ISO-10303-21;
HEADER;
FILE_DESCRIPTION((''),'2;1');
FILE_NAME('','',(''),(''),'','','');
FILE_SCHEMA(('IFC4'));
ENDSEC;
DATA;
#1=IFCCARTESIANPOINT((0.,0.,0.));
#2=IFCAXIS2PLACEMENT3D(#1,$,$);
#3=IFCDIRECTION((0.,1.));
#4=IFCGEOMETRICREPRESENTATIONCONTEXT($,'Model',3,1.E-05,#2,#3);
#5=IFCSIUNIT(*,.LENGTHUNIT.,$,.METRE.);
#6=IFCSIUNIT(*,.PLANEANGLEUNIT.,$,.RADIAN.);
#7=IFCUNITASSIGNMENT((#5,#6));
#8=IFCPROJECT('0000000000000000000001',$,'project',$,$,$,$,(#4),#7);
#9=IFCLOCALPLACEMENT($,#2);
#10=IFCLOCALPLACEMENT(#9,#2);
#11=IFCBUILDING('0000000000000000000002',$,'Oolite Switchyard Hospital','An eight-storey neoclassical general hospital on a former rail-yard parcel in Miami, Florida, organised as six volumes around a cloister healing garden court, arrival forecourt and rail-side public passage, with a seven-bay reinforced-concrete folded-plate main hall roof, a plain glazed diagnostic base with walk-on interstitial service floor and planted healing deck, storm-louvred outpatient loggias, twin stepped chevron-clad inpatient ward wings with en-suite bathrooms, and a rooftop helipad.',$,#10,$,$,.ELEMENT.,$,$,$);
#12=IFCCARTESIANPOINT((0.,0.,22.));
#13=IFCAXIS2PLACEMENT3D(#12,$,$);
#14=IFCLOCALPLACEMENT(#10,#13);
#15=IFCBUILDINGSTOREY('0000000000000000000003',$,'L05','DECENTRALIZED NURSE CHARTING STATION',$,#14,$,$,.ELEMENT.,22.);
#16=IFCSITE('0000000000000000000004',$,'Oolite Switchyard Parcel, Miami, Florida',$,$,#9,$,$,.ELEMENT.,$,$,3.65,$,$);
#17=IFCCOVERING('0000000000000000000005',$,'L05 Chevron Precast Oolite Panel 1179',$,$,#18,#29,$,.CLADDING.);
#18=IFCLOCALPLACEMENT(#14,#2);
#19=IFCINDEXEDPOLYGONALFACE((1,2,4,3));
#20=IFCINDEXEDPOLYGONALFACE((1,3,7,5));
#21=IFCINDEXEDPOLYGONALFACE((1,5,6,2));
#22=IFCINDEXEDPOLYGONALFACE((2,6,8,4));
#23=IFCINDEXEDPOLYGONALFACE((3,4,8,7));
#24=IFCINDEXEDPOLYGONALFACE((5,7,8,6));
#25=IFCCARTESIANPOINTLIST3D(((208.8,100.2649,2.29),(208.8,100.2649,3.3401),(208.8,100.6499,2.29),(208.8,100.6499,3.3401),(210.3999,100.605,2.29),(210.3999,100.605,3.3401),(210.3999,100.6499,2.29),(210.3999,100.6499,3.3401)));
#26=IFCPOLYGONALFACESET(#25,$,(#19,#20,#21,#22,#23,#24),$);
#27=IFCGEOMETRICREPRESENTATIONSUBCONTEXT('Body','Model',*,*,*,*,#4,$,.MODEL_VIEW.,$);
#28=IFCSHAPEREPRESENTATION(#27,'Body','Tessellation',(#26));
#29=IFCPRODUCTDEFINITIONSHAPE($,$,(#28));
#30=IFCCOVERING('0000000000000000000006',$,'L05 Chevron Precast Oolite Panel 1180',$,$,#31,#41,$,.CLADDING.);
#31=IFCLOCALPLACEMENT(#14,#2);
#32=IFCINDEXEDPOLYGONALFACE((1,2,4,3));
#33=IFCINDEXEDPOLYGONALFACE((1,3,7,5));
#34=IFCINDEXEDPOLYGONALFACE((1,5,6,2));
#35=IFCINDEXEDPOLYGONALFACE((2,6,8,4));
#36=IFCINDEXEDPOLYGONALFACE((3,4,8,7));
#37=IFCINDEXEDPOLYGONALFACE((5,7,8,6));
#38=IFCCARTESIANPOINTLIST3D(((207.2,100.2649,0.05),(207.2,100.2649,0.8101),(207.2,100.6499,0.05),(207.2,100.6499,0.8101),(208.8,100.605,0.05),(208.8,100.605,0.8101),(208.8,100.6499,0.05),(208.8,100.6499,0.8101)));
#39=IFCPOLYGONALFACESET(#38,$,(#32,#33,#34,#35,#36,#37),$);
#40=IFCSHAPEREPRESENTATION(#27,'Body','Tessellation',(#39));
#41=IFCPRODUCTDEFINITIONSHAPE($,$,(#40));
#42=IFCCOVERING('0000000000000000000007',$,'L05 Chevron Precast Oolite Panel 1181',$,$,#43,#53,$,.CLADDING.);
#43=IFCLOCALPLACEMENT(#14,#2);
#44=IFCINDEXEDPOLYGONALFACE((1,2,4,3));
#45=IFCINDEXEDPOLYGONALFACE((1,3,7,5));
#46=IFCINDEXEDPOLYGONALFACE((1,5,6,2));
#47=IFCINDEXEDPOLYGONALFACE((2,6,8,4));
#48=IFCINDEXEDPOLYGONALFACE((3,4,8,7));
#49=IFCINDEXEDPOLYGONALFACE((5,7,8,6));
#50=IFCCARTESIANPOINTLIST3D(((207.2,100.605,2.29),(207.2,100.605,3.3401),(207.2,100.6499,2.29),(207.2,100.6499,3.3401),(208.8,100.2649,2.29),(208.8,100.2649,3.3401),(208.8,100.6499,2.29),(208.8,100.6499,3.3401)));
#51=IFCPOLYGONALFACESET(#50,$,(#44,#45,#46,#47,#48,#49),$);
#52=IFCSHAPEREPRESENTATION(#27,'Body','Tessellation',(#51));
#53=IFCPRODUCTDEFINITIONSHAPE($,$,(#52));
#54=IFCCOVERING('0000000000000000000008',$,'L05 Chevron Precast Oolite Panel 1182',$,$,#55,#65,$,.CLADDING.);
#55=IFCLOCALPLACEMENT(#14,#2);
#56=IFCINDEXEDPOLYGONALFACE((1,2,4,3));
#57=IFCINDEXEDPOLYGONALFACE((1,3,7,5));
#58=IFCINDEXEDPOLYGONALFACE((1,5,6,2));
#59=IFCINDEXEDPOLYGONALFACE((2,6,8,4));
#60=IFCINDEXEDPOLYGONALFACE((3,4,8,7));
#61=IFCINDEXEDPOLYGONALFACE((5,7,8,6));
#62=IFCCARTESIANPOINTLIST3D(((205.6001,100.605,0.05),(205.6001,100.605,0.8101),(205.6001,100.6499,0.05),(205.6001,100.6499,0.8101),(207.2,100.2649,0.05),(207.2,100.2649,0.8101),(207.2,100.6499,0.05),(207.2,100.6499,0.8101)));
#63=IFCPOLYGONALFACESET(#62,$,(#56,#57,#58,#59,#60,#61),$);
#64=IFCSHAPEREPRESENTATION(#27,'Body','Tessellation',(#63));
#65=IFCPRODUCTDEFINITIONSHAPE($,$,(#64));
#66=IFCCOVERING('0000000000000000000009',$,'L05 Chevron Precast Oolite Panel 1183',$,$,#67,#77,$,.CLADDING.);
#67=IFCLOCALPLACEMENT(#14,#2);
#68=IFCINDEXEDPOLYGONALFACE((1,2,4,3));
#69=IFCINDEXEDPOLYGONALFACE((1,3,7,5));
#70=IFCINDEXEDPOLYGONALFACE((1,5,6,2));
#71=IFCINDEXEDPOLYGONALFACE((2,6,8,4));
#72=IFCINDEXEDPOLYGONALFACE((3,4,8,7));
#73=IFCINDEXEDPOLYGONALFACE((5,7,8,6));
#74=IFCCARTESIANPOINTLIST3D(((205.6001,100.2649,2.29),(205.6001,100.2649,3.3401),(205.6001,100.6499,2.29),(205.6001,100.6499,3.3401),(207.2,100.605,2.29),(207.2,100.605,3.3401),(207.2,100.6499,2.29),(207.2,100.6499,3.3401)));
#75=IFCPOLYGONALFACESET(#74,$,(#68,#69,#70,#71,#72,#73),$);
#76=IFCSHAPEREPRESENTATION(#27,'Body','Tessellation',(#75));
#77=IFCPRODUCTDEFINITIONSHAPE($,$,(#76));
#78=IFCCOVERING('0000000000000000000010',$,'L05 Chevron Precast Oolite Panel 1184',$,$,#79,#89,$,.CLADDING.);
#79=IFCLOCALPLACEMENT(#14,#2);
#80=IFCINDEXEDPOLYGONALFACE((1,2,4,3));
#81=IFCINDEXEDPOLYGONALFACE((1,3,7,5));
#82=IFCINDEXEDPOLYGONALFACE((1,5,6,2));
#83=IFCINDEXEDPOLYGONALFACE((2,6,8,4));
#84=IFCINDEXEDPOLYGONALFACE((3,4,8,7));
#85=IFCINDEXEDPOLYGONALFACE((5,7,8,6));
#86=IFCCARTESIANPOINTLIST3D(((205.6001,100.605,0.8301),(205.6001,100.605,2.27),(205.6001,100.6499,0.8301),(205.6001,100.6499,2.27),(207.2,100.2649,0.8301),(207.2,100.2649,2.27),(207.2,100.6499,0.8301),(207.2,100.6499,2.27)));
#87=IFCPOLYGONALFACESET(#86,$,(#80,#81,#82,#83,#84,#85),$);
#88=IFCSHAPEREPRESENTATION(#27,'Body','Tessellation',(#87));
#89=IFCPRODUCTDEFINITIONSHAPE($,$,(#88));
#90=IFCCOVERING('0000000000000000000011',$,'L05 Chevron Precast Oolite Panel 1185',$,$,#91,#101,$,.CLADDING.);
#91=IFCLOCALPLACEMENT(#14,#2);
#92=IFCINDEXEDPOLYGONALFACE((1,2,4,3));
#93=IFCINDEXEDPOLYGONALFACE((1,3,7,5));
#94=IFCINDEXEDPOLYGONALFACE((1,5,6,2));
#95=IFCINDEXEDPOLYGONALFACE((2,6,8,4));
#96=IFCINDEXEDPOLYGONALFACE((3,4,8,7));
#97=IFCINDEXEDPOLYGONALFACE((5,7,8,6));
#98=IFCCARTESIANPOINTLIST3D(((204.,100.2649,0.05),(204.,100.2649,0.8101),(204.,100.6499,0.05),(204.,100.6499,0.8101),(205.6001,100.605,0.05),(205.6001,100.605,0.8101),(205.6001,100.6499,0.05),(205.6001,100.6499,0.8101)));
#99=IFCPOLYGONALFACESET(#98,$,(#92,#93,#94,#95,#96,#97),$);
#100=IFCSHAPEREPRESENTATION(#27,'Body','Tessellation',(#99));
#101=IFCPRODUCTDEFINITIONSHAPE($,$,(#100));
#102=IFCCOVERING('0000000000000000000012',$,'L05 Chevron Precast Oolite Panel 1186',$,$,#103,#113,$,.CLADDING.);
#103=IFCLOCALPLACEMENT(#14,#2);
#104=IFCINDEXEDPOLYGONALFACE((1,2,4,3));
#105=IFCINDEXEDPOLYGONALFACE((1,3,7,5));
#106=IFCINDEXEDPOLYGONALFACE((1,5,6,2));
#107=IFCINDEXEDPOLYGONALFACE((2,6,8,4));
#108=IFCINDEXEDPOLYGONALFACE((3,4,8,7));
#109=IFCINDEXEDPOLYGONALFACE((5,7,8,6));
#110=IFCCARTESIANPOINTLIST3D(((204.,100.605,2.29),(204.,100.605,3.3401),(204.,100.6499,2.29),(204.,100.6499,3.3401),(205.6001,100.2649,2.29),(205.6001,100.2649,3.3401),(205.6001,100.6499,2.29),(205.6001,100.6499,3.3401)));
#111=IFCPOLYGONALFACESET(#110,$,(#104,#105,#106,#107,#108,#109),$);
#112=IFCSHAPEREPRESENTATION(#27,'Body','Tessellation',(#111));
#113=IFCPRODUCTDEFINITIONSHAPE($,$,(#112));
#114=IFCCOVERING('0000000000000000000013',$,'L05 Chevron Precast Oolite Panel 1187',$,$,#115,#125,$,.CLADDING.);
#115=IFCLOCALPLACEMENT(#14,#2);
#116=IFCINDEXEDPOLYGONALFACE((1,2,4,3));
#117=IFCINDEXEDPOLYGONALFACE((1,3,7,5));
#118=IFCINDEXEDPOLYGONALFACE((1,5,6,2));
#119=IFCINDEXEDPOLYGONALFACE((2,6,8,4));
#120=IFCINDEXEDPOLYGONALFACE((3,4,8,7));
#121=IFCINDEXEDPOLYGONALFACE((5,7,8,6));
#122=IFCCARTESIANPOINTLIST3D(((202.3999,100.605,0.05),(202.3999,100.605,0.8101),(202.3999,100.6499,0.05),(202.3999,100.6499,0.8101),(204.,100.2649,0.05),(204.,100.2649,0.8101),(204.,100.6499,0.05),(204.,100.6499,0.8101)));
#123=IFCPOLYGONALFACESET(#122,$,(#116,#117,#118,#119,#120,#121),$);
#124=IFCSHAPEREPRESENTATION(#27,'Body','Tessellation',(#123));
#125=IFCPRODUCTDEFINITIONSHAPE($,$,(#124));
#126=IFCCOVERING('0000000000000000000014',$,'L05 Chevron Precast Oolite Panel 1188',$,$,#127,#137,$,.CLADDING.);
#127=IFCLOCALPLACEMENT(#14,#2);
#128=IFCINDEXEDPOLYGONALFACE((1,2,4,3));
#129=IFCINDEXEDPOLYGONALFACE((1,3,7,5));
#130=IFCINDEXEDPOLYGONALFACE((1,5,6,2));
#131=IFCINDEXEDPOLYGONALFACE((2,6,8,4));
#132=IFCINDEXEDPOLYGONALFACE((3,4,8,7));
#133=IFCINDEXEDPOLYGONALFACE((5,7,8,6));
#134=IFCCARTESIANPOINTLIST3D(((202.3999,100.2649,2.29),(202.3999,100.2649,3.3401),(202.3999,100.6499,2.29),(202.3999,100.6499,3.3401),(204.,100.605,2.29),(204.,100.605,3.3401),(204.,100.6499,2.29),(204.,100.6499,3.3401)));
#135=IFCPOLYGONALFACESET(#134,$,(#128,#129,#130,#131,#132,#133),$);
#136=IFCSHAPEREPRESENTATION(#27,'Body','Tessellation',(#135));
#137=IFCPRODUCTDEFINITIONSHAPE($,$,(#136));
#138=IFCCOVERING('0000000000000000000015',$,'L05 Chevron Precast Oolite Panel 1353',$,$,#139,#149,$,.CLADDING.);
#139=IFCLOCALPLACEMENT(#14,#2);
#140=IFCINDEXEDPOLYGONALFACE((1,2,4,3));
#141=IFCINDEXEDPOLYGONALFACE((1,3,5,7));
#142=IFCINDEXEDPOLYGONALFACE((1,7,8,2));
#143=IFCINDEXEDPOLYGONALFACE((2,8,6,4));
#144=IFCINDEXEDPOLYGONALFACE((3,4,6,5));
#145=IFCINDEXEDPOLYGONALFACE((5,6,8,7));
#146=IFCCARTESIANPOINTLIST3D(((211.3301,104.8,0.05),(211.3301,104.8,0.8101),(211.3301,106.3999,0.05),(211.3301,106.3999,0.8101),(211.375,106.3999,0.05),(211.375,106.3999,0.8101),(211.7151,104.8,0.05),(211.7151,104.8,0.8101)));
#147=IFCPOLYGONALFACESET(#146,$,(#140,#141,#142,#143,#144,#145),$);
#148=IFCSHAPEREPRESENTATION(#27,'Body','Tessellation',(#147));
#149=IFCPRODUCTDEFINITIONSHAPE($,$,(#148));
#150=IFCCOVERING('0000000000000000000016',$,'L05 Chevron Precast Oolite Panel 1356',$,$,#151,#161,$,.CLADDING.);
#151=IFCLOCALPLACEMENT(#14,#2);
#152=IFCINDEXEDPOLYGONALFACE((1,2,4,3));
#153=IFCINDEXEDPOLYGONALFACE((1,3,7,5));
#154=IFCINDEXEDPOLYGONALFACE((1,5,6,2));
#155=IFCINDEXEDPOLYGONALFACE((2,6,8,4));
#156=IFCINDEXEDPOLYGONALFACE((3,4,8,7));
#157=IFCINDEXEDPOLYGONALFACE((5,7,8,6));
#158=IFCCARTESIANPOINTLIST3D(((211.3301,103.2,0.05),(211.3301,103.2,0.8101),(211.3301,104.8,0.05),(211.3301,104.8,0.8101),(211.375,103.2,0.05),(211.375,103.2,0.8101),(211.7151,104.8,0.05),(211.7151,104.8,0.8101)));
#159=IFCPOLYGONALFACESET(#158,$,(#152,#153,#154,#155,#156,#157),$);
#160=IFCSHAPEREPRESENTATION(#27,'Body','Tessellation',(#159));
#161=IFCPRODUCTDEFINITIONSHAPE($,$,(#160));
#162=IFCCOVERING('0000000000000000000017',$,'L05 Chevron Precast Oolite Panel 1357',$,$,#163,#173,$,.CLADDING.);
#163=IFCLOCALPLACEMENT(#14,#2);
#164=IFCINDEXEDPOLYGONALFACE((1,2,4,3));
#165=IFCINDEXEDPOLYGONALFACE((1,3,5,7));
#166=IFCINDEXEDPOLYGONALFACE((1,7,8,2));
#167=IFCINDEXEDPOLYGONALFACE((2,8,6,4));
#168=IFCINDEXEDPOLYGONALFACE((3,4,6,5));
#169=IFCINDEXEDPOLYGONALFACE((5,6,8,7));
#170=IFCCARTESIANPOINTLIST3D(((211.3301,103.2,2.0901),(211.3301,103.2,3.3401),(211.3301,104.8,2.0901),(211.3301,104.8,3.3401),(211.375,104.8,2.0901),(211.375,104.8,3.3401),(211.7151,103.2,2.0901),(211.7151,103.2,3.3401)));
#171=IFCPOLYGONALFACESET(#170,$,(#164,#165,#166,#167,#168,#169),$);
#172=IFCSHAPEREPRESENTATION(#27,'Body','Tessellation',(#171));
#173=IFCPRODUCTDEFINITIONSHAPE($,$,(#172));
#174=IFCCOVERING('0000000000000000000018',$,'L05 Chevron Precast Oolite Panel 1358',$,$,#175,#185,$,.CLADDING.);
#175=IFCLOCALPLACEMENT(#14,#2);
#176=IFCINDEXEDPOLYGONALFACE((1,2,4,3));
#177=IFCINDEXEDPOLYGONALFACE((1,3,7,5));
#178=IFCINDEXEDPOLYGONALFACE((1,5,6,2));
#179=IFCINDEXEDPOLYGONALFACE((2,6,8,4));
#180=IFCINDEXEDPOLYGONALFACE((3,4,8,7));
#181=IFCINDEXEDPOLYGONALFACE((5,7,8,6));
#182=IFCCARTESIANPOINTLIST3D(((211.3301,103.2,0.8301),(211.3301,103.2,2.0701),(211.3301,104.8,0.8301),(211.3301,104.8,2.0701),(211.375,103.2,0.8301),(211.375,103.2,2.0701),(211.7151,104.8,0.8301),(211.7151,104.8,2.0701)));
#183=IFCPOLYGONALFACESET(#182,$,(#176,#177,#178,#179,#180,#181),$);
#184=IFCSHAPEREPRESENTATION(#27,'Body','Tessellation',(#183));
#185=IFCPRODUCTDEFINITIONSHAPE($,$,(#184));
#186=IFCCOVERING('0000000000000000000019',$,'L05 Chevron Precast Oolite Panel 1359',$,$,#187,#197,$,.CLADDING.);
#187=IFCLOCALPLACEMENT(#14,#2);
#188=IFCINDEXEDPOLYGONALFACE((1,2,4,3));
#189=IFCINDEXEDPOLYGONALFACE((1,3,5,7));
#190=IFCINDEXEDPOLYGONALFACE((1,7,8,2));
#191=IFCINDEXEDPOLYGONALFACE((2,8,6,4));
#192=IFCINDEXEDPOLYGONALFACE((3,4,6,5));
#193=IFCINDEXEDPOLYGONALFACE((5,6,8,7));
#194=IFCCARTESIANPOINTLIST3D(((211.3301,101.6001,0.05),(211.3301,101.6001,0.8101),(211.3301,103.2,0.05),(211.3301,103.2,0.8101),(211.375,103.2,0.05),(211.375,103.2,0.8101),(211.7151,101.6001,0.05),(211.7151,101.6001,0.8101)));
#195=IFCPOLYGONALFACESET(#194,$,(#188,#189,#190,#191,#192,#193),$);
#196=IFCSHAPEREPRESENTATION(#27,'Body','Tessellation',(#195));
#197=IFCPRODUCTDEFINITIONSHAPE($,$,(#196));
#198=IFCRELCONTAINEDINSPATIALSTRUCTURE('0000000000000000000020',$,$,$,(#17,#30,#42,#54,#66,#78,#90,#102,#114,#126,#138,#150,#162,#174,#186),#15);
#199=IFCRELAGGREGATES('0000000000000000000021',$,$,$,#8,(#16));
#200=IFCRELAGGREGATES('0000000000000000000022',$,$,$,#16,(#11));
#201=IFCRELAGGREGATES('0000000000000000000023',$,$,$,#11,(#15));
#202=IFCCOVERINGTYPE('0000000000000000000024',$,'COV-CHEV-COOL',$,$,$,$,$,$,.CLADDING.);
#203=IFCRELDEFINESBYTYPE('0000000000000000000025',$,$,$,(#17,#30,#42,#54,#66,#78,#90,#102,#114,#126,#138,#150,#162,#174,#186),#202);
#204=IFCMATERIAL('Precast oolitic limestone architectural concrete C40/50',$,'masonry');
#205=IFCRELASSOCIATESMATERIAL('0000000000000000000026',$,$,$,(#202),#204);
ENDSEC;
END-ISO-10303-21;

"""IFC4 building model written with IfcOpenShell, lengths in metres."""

from ifc_helpers import new_model, si_unit, direction, frame, origin, place, context, subcontext, project, spatial, polyline, outline, extrude, material, type_object, element, save


model = new_model("IFC4")

# Units and contexts
model_context = context("Model", 3, precision=1e-05, world=origin(), true_north=direction((0.0, 1.0)))
body_context = subcontext(model_context, "Body", "Model", "MODEL_VIEW")
ifc_project = project(units=[si_unit("LENGTHUNIT", "METRE"), si_unit("PLANEANGLEUNIT", "RADIAN")], contexts=[model_context])

# Site, building, storey
site_placement = place(None, origin())
site = spatial("IfcSite", under=ifc_project, at=site_placement, Name="Oolite Switchyard Parcel, Miami, Florida", CompositionType="ELEMENT", RefElevation=3.65)
building_placement = place(site_placement, origin())
building = spatial("IfcBuilding", under=site, at=building_placement, Name="Oolite Switchyard Hospital", Description="An eight-storey neoclassical general hospital on a former rail-yard parcel in Miami, Florida, organised as six volumes around a cloister healing garden court, arrival forecourt and rail-side public passage, with a seven-bay reinforced-concrete folded-plate main hall roof, a plain glazed diagnostic base with walk-on interstitial service floor and planted healing deck, storm-louvred outpatient loggias, twin stepped chevron-clad inpatient ward wings with en-suite bathrooms, and a rooftop helipad.", CompositionType="ELEMENT")
storey_placement = place(building_placement, frame((0.0, 0.0, 22.0)))
storey = spatial("IfcBuildingStorey", under=building, at=storey_placement, Name="L05", Description="DECENTRALIZED NURSE CHARTING STATION", CompositionType="ELEMENT", Elevation=22.0)

# Shared definitions
ifc_material_1 = material(Name="Precast oolitic limestone architectural concrete C40/50", Category="masonry")

# Coverings
covering_type = type_object("IfcCoveringType", Name="COV-CHEV-COOL", PredefinedType="CLADDING", material=ifc_material_1)
covering_1_placement = place(storey_placement, frame((210.3999, 100.6499, 2.29), z_axis=(0.0, 0.0, 1.0), x_axis=(-1.0, 0.0, 0.0)))
element("IfcCovering", 1, at=covering_1_placement, inside=storey, type_object=covering_type, Name="L05 Chevron Precast Oolite Panel 1179", PredefinedType="CLADDING", context=body_context, shape_type="SweptSolid", body=[
    extrude(outline(polyline([(0.0, 0.0), (1.5999, 0.0), (1.5999, 0.385), (0.0, 0.0449), (0.0, 0.0)])), origin(), (0.0, 0.0, 1.0), 1.05),
])
covering_2_placement = place(storey_placement, frame((208.8, 100.6499, 0.05), z_axis=(0.0, 0.0, 1.0), x_axis=(-1.0, 0.0, 0.0)))
element("IfcCovering", 2, at=covering_2_placement, inside=storey, type_object=covering_type, Name="L05 Chevron Precast Oolite Panel 1180", PredefinedType="CLADDING", context=body_context, shape_type="SweptSolid", body=[
    extrude(outline(polyline([(0.0, 0.0), (1.6001, 0.0), (1.6001, 0.385), (0.0, 0.0449), (0.0, 0.0)])), origin(), (0.0, 0.0, 1.0), 0.76),
])
covering_3_placement = place(storey_placement, frame((208.8, 100.6499, 2.29), z_axis=(0.0, 0.0, 1.0), x_axis=(-1.0, 0.0, 0.0)))
element("IfcCovering", 3, at=covering_3_placement, inside=storey, type_object=covering_type, Name="L05 Chevron Precast Oolite Panel 1181", PredefinedType="CLADDING", context=body_context, shape_type="SweptSolid", body=[
    extrude(outline(polyline([(0.0, 0.0), (1.6001, 0.0), (1.6001, 0.0449), (0.0, 0.385), (0.0, 0.0)])), origin(), (0.0, 0.0, 1.0), 1.05),
])
covering_4_placement = place(storey_placement, frame((207.2, 100.6499, 0.05), z_axis=(0.0, 0.0, 1.0), x_axis=(-1.0, 0.0, 0.0)))
element("IfcCovering", 4, at=covering_4_placement, inside=storey, type_object=covering_type, Name="L05 Chevron Precast Oolite Panel 1182", PredefinedType="CLADDING", context=body_context, shape_type="SweptSolid", body=[
    extrude(outline(polyline([(0.0, 0.0), (1.5999, 0.0), (1.5999, 0.0449), (0.0, 0.385), (0.0, 0.0)])), origin(), (0.0, 0.0, 1.0), 0.76),
])
covering_5_placement = place(storey_placement, frame((207.2, 100.6499, 2.29), z_axis=(0.0, 0.0, 1.0), x_axis=(-1.0, 0.0, 0.0)))
element("IfcCovering", 5, at=covering_5_placement, inside=storey, type_object=covering_type, Name="L05 Chevron Precast Oolite Panel 1183", PredefinedType="CLADDING", context=body_context, shape_type="SweptSolid", body=[
    extrude(outline(polyline([(0.0, 0.0), (1.5999, 0.0), (1.5999, 0.385), (0.0, 0.0449), (0.0, 0.0)])), origin(), (0.0, 0.0, 1.0), 1.05),
])
covering_6_placement = place(storey_placement, frame((207.2, 100.6499, 0.8301), z_axis=(0.0, 0.0, 1.0), x_axis=(-1.0, 0.0, 0.0)))
element("IfcCovering", 6, at=covering_6_placement, inside=storey, type_object=covering_type, Name="L05 Chevron Precast Oolite Panel 1184", PredefinedType="CLADDING", context=body_context, shape_type="SweptSolid", body=[
    extrude(outline(polyline([(0.0, 0.0), (1.5999, 0.0), (1.5999, 0.0449), (0.0, 0.385), (0.0, 0.0)])), origin(), (0.0, 0.0, 1.0), 1.4399),
])
covering_7_placement = place(storey_placement, frame((205.6001, 100.6499, 0.05), z_axis=(0.0, 0.0, 1.0), x_axis=(-1.0, 0.0, 0.0)))
element("IfcCovering", 7, at=covering_7_placement, inside=storey, type_object=covering_type, Name="L05 Chevron Precast Oolite Panel 1185", PredefinedType="CLADDING", context=body_context, shape_type="SweptSolid", body=[
    extrude(outline(polyline([(0.0, 0.0), (1.6001, 0.0), (1.6001, 0.385), (0.0, 0.0449), (0.0, 0.0)])), origin(), (0.0, 0.0, 1.0), 0.76),
])
covering_8_placement = place(storey_placement, frame((205.6001, 100.6499, 2.29), z_axis=(0.0, 0.0, 1.0), x_axis=(-1.0, 0.0, 0.0)))
element("IfcCovering", 8, at=covering_8_placement, inside=storey, type_object=covering_type, Name="L05 Chevron Precast Oolite Panel 1186", PredefinedType="CLADDING", context=body_context, shape_type="SweptSolid", body=[
    extrude(outline(polyline([(0.0, 0.0), (1.6001, 0.0), (1.6001, 0.0449), (0.0, 0.385), (0.0, 0.0)])), origin(), (0.0, 0.0, 1.0), 1.05),
])
covering_9_placement = place(storey_placement, frame((204.0, 100.6499, 0.05), z_axis=(0.0, 0.0, 1.0), x_axis=(-1.0, 0.0, 0.0)))
element("IfcCovering", 9, at=covering_9_placement, inside=storey, type_object=covering_type, Name="L05 Chevron Precast Oolite Panel 1187", PredefinedType="CLADDING", context=body_context, shape_type="SweptSolid", body=[
    extrude(outline(polyline([(0.0, 0.0), (1.6001, 0.0), (1.6001, 0.0449), (0.0, 0.385), (0.0, 0.0)])), origin(), (0.0, 0.0, 1.0), 0.76),
])
covering_10_placement = place(storey_placement, frame((204.0, 100.6499, 2.29), z_axis=(0.0, 0.0, 1.0), x_axis=(-1.0, 0.0, 0.0)))
element("IfcCovering", 10, at=covering_10_placement, inside=storey, type_object=covering_type, Name="L05 Chevron Precast Oolite Panel 1188", PredefinedType="CLADDING", context=body_context, shape_type="SweptSolid", body=[
    extrude(outline(polyline([(0.0, 0.0), (1.6001, 0.0), (1.6001, 0.385), (0.0, 0.0449), (0.0, 0.0)])), origin(), (0.0, 0.0, 1.0), 1.05),
])
covering_11_placement = place(storey_placement, frame((211.3301, 106.3999, 0.05), z_axis=(0.0, 0.0, 1.0), x_axis=(0.0, -1.0, 0.0)))
element("IfcCovering", 11, at=covering_11_placement, inside=storey, type_object=covering_type, Name="L05 Chevron Precast Oolite Panel 1353", PredefinedType="CLADDING", context=body_context, shape_type="SweptSolid", body=[
    extrude(outline(polyline([(0.0, 0.0), (1.5999, 0.0), (1.5999, 0.385), (0.0, 0.0449), (0.0, 0.0)])), origin(), (0.0, 0.0, 1.0), 0.76),
])
covering_12_placement = place(storey_placement, frame((211.3301, 104.8, 0.05), z_axis=(0.0, 0.0, 1.0), x_axis=(0.0, -1.0, 0.0)))
element("IfcCovering", 12, at=covering_12_placement, inside=storey, type_object=covering_type, Name="L05 Chevron Precast Oolite Panel 1356", PredefinedType="CLADDING", context=body_context, shape_type="SweptSolid", body=[
    extrude(outline(polyline([(0.0, 0.0), (1.6001, 0.0), (1.6001, 0.0449), (0.0, 0.385), (0.0, 0.0)])), origin(), (0.0, 0.0, 1.0), 0.76),
])
covering_13_placement = place(storey_placement, frame((211.3301, 104.8, 2.0901), z_axis=(0.0, 0.0, 1.0), x_axis=(0.0, -1.0, 0.0)))
element("IfcCovering", 13, at=covering_13_placement, inside=storey, type_object=covering_type, Name="L05 Chevron Precast Oolite Panel 1357", PredefinedType="CLADDING", context=body_context, shape_type="SweptSolid", body=[
    extrude(outline(polyline([(0.0, 0.0), (1.6001, 0.0), (1.6001, 0.385), (0.0, 0.0449), (0.0, 0.0)])), origin(), (0.0, 0.0, 1.0), 1.25),
])
covering_14_placement = place(storey_placement, frame((211.3301, 104.8, 0.8301), z_axis=(0.0, 0.0, 1.0), x_axis=(0.0, -1.0, 0.0)))
element("IfcCovering", 14, at=covering_14_placement, inside=storey, type_object=covering_type, Name="L05 Chevron Precast Oolite Panel 1358", PredefinedType="CLADDING", context=body_context, shape_type="SweptSolid", body=[
    extrude(outline(polyline([(0.0, 0.0), (1.6001, 0.0), (1.6001, 0.0449), (0.0, 0.385), (0.0, 0.0)])), origin(), (0.0, 0.0, 1.0), 1.24),
])
covering_15_placement = place(storey_placement, frame((211.3301, 103.2, 0.05), z_axis=(0.0, 0.0, 1.0), x_axis=(0.0, -1.0, 0.0)))
element("IfcCovering", 15, at=covering_15_placement, inside=storey, type_object=covering_type, Name="L05 Chevron Precast Oolite Panel 1359", PredefinedType="CLADDING", context=body_context, shape_type="SweptSolid", body=[
    extrude(outline(polyline([(0.0, 0.0), (1.5999, 0.0), (1.5999, 0.385), (0.0, 0.0449), (0.0, 0.0)])), origin(), (0.0, 0.0, 1.0), 0.76),
])

save(model, "model.ifc")
